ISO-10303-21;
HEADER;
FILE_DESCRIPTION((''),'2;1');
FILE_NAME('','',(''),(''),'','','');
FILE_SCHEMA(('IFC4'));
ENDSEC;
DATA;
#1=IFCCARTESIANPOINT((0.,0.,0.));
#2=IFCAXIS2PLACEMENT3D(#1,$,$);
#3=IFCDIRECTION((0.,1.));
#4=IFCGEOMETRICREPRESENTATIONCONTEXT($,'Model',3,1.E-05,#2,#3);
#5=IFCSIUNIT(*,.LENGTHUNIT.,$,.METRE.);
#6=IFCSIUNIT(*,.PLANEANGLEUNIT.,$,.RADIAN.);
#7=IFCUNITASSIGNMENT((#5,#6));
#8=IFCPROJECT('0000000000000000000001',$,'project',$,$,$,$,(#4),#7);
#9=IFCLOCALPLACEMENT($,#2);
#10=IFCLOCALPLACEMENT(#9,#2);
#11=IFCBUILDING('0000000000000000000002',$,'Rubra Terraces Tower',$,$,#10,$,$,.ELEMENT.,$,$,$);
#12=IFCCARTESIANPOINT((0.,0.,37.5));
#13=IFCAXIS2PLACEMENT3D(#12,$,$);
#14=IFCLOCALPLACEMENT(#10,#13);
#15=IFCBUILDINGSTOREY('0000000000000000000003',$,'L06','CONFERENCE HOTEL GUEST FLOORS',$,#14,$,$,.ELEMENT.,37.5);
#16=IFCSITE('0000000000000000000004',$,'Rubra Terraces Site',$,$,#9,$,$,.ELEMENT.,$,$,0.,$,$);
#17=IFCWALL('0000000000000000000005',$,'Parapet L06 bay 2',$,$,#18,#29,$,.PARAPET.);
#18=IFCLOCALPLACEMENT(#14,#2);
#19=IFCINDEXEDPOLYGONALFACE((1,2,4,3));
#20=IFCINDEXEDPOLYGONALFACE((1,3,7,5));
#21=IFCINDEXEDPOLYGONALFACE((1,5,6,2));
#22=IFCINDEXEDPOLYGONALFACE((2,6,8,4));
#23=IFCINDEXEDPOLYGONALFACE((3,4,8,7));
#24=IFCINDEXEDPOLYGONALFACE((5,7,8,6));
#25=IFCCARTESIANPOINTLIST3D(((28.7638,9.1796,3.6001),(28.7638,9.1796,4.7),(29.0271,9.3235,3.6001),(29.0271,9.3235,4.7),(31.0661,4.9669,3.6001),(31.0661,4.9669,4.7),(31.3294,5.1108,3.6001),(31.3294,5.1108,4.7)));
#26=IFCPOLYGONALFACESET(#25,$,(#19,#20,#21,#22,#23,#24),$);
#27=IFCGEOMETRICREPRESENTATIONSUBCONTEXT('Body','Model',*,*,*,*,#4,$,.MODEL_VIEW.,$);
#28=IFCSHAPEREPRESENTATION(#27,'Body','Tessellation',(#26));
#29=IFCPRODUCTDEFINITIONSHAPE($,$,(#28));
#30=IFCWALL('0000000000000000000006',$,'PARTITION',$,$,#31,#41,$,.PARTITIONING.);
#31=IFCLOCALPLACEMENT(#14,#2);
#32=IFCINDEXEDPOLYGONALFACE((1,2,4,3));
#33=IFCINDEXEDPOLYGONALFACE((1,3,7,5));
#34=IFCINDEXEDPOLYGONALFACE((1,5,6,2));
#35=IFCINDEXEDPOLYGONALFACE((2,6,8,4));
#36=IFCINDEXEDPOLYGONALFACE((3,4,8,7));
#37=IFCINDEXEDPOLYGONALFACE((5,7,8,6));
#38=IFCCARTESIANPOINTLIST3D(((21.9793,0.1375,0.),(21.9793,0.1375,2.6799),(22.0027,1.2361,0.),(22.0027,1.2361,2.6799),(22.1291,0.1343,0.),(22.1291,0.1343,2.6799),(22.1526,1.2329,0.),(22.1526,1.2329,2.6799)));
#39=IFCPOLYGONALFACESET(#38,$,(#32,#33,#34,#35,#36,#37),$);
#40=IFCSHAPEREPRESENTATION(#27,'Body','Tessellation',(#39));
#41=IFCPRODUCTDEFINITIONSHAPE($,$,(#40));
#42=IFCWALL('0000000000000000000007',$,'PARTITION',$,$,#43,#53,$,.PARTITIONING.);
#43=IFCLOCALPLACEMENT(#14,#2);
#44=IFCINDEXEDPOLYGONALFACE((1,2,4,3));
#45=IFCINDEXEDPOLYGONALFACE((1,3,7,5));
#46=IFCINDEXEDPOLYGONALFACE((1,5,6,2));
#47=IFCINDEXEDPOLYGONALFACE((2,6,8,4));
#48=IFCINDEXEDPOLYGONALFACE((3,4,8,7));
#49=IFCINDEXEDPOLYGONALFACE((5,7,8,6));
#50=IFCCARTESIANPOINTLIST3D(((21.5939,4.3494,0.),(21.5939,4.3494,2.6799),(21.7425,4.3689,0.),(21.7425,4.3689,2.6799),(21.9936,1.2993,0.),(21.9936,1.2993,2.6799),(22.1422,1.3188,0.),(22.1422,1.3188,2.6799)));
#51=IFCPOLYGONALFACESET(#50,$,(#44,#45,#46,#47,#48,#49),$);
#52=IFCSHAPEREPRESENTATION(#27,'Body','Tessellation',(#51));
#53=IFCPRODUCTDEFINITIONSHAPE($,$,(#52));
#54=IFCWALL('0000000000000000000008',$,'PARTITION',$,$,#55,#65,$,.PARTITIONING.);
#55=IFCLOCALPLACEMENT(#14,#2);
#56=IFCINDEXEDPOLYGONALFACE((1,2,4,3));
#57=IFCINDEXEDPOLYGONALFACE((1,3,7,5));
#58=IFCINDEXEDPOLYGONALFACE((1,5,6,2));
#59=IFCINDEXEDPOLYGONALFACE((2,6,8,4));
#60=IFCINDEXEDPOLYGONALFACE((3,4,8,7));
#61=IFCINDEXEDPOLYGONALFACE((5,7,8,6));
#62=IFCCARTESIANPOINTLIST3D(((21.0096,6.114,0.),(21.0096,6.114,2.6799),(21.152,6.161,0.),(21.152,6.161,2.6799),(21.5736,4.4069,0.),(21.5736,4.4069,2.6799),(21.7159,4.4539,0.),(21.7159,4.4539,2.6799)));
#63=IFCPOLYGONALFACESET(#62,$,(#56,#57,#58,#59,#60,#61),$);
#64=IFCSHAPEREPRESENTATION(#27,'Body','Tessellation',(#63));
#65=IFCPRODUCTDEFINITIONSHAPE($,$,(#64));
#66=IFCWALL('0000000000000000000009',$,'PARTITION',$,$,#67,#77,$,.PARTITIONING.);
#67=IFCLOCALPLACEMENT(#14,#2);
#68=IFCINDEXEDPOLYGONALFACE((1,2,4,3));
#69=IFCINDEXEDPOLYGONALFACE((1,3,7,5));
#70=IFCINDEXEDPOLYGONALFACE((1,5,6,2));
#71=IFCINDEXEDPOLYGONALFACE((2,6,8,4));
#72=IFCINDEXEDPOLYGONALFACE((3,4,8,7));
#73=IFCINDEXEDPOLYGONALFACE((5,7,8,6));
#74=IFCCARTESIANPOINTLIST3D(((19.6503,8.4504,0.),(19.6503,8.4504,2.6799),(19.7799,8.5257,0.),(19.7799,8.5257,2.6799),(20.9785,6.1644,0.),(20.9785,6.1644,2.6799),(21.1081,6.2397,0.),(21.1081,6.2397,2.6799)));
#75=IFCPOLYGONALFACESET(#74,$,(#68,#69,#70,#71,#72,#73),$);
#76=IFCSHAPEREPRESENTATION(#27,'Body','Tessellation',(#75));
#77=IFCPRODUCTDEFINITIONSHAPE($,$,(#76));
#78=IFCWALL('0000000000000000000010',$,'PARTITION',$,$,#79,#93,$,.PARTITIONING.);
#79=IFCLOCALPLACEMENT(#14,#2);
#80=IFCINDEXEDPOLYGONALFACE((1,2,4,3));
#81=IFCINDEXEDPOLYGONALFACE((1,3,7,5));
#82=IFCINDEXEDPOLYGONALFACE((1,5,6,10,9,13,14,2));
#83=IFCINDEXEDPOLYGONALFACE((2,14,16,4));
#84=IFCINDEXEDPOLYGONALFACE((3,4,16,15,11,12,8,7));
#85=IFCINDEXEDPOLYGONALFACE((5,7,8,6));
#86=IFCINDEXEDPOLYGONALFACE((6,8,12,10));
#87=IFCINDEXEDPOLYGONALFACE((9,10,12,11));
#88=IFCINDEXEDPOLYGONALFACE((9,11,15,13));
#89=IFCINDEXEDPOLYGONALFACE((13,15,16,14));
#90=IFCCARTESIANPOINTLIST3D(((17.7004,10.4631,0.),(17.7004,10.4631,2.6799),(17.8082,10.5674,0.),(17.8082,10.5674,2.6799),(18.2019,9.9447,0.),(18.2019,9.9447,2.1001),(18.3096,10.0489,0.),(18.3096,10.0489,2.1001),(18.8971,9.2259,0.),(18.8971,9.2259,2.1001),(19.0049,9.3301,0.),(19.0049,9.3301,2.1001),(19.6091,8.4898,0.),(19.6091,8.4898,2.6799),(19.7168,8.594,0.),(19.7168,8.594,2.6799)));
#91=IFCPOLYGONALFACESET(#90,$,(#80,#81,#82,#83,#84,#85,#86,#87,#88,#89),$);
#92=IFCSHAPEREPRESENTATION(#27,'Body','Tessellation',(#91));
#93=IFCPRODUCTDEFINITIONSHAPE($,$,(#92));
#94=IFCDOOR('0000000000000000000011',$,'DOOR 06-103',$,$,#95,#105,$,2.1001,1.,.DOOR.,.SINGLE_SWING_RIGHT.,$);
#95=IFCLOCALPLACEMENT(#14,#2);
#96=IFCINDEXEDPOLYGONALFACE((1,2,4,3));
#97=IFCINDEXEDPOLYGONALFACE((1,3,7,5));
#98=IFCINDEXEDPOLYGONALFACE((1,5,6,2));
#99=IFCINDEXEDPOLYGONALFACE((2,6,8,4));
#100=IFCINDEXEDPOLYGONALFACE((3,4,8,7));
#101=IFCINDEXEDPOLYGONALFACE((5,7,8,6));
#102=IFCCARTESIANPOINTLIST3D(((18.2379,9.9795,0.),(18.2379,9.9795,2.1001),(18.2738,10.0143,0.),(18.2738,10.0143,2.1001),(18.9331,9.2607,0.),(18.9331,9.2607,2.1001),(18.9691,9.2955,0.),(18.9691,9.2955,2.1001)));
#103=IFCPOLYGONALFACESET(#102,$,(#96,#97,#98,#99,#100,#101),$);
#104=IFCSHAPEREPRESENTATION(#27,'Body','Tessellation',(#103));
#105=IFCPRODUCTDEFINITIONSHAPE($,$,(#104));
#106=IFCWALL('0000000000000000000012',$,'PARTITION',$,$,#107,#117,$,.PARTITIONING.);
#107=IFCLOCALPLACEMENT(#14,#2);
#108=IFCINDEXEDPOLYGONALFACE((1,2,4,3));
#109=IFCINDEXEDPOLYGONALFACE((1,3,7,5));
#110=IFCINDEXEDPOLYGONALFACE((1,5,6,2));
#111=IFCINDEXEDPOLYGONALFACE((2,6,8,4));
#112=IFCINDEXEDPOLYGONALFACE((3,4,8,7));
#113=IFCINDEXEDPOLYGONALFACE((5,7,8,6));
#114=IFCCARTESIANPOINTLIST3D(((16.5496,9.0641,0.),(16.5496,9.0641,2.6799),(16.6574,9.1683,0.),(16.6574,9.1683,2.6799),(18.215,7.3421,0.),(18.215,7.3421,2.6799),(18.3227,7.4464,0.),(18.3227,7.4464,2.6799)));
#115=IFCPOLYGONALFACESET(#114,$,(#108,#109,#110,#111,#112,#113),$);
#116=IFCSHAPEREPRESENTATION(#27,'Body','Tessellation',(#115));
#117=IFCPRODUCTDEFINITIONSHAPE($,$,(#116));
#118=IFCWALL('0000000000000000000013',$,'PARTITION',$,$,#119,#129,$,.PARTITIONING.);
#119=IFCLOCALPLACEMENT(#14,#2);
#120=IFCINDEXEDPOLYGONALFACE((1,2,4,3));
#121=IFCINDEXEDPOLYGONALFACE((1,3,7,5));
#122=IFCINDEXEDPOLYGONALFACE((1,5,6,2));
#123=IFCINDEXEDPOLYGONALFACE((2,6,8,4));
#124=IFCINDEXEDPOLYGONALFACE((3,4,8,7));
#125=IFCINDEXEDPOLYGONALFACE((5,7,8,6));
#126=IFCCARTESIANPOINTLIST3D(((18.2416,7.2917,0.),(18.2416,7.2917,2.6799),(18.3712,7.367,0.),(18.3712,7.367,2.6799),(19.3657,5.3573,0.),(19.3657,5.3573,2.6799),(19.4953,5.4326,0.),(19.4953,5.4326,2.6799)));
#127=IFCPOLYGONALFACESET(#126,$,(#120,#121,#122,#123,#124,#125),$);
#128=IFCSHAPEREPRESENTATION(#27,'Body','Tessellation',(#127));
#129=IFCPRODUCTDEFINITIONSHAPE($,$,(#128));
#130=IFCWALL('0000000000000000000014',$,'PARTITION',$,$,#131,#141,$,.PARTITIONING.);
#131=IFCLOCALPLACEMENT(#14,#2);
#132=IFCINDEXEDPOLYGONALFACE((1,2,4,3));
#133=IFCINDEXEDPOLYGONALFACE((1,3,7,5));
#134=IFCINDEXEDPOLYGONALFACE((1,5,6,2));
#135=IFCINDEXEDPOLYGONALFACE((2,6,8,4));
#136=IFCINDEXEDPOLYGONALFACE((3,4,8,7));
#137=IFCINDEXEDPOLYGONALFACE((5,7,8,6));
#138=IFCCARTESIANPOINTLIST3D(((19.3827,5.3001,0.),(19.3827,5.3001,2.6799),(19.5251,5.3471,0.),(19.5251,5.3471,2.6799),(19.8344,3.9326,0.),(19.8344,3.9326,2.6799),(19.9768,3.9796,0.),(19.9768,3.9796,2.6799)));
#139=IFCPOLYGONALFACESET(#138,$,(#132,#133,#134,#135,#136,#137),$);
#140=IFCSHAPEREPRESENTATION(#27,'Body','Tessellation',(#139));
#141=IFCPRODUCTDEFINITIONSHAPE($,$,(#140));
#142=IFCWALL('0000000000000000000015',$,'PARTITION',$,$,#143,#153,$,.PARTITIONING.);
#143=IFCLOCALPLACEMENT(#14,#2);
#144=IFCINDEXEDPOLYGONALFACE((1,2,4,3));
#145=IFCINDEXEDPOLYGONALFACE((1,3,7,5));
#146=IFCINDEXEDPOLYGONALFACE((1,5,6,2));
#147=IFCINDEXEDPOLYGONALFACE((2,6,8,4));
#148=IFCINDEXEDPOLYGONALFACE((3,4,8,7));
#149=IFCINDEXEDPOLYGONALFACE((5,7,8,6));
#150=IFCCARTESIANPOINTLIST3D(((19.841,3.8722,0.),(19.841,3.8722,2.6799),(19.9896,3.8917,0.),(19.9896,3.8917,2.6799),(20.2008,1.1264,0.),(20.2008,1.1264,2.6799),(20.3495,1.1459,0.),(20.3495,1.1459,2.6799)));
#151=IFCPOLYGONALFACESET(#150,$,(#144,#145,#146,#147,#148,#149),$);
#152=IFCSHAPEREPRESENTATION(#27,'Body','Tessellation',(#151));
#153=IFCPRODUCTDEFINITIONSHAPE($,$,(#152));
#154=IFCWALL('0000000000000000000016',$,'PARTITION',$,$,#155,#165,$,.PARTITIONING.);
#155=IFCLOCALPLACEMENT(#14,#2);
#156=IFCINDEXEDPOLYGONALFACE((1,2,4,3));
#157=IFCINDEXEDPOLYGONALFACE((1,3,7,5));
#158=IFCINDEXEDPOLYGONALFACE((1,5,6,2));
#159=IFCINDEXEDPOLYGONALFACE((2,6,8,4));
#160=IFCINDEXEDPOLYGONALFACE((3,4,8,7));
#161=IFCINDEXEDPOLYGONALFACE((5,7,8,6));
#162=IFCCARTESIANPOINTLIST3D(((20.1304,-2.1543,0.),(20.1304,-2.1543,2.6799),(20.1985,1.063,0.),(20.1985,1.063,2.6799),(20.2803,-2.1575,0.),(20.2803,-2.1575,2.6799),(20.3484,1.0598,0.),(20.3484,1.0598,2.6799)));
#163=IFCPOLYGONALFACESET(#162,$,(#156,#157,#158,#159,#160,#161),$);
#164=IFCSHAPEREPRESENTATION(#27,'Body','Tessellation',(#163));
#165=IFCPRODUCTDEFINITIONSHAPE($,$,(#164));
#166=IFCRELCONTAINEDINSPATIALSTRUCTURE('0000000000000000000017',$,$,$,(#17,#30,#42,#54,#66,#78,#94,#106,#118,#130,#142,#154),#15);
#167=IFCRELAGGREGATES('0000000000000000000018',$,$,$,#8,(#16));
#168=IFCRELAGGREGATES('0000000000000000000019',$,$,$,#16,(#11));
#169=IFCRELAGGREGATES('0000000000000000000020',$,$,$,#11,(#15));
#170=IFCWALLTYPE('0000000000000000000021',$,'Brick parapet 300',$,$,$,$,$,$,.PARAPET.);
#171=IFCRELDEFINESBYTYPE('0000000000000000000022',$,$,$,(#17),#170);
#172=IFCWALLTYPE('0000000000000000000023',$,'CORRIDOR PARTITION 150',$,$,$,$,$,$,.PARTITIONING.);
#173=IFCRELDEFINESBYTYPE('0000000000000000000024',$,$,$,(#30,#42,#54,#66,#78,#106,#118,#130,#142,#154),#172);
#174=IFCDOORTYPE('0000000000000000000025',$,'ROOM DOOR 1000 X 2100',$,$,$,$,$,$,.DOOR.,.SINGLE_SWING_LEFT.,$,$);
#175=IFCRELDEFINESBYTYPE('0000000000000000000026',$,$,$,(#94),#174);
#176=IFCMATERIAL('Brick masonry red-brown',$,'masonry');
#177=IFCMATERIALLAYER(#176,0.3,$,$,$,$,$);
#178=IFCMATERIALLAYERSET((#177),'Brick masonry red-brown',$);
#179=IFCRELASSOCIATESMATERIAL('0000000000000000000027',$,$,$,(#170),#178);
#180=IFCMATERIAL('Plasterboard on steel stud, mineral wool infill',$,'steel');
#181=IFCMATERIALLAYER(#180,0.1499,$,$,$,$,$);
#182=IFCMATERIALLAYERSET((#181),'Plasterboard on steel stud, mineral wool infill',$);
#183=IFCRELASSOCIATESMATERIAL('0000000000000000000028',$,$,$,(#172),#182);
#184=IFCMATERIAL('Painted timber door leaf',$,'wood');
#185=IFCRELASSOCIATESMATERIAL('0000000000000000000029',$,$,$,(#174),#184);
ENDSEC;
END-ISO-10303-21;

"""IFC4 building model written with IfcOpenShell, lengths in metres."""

from ifc_helpers import new_model, si_unit, direction, frame, frame_2d, origin, place, context, subcontext, project, spatial, rectangle, extrude, material, layer, layer_set, type_object, element, fill, save


model = new_model("IFC4")

# Units and contexts
model_context = context("Model", 3, precision=1e-05, world=origin(), true_north=direction((0.0, 1.0)))
body_context = subcontext(model_context, "Body", "Model", "MODEL_VIEW")
ifc_project = project(units=[si_unit("LENGTHUNIT", "METRE"), si_unit("PLANEANGLEUNIT", "RADIAN")], contexts=[model_context])

# Site, building, storey
site_placement = place(None, origin())
site = spatial("IfcSite", under=ifc_project, at=site_placement, Name="Rubra Terraces Site", CompositionType="ELEMENT", RefElevation=0.0)
building_placement = place(site_placement, origin())
building = spatial("IfcBuilding", under=site, at=building_placement, Name="Rubra Terraces Tower", CompositionType="ELEMENT")
storey_placement = place(building_placement, frame((0.0, 0.0, 37.5)))
storey = spatial("IfcBuildingStorey", under=building, at=storey_placement, Name="L06", Description="CONFERENCE HOTEL GUEST FLOORS", CompositionType="ELEMENT", Elevation=37.5)

# Shared definitions
ifc_material_1 = material(Name="Brick masonry red-brown", Category="masonry")

# Walls
ifc_layer_1 = layer(ifc_material_1, 0.3)
ifc_layer_set_1 = layer_set([ifc_layer_1], Name="Brick masonry red-brown")
wall_type_1 = type_object("IfcWallType", Name="Brick parapet 300", PredefinedType="PARAPET", material=ifc_layer_set_1)
wall_1_placement = place(storey_placement, frame((31.1978, 5.0388, 3.6001), z_axis=(0.0, 0.0, 1.0), x_axis=(-0.479565, 0.877507, 0.0)))
element("IfcWall", 1, at=wall_1_placement, inside=storey, type_object=wall_type_1, Name="Parapet L06 bay 2", PredefinedType="PARAPET", context=body_context, shape_type="SweptSolid", body=[
    extrude(rectangle(XDim=4.8008, YDim=0.3, at=frame_2d((2.4004, 0.0))), origin(), (0.0, 0.0, 1.0), 1.0999),
])
ifc_material_2 = material(Name="Plasterboard on steel stud, mineral wool infill", Category="steel")
ifc_layer_2 = layer(ifc_material_2, 0.1499)
ifc_layer_set_2 = layer_set([ifc_layer_2], Name="Plasterboard on steel stud, mineral wool infill")
wall_type_2 = type_object("IfcWallType", Name="CORRIDOR PARTITION 150", PredefinedType="PARTITIONING", material=ifc_layer_set_2)
wall_2_placement = place(storey_placement, frame((22.0542, 0.136, 0.0), z_axis=(0.0, 0.0, 1.0), x_axis=(0.021328, 0.999773, 0.0)))
element("IfcWall", 2, at=wall_2_placement, inside=storey, type_object=wall_type_2, Name="PARTITION", PredefinedType="PARTITIONING", context=body_context, shape_type="SweptSolid", body=[
    extrude(rectangle(XDim=1.0989, YDim=0.1499, at=frame_2d((0.5493, 0.0))), origin(), (0.0, 0.0, 1.0), 2.6799),
])
wall_3_placement = place(storey_placement, frame((22.0679, 1.3091, 0.0), z_axis=(0.0, 0.0, 1.0), x_axis=(-0.129923, 0.991524, 0.0)))
element("IfcWall", 3, at=wall_3_placement, inside=storey, type_object=wall_type_2, Name="PARTITION", PredefinedType="PARTITIONING", context=body_context, shape_type="SweptSolid", body=[
    extrude(rectangle(XDim=3.0762, YDim=0.1499, at=frame_2d((1.5381, 0.0))), origin(), (0.0, 0.0, 1.0), 2.6799),
])
wall_4_placement = place(storey_placement, frame((21.6448, 4.4304, 0.0), z_axis=(0.0, 0.0, 1.0), x_axis=(-0.313701, 0.949522, 0.0)))
element("IfcWall", 4, at=wall_4_placement, inside=storey, type_object=wall_type_2, Name="PARTITION", PredefinedType="PARTITIONING", context=body_context, shape_type="SweptSolid", body=[
    extrude(rectangle(XDim=1.7979, YDim=0.1499, at=frame_2d((0.8989, 0.0))), origin(), (0.0, 0.0, 1.0), 2.6799),
])
wall_5_placement = place(storey_placement, frame((21.0432, 6.2021, 0.0), z_axis=(0.0, 0.0, 1.0), x_axis=(-0.502372, 0.864652, 0.0)))
element("IfcWall", 5, at=wall_5_placement, inside=storey, type_object=wall_type_2, Name="PARTITION", PredefinedType="PARTITIONING", context=body_context, shape_type="SweptSolid", body=[
    extrude(rectangle(XDim=2.6438, YDim=0.1499, at=frame_2d((1.3218, 0.0))), origin(), (0.0, 0.0, 1.0), 2.6799),
])

# Wall, opening, door
wall_6_placement = place(storey_placement, frame((19.6628, 8.542, 0.0), z_axis=(0.0, 0.0, 1.0), x_axis=(-0.695226, 0.718791, 0.0)))
wall_6 = element("IfcWall", 6, at=wall_6_placement, inside=storey, type_object=wall_type_2, Name="PARTITION", PredefinedType="PARTITIONING", context=body_context, shape_type="SweptSolid", body=[
    extrude(rectangle(XDim=2.7454, YDim=0.1499, at=frame_2d((1.3726, 0.0))), origin(), (0.0, 0.0, 1.0), 2.6799),
])
opening_1_placement = place(wall_6_placement, frame((1.0239, 0.0, 0.0)))
opening_1 = element("IfcOpeningElement", 7, at=opening_1_placement, cuts=wall_6, PredefinedType="OPENING", context=body_context, shape_type="SweptSolid", body=[
    extrude(rectangle(XDim=1.0, YDim=2.1001, at=frame_2d((0.5, 1.05))), frame((0.0, 0.085, 0.0), z_axis=(0.0, -1.0, 0.0), x_axis=(1.0, 0.0, 0.0)), (0.0, 0.0, 1.0), 0.1699),
])
ifc_material_3 = material(Name="Painted timber door leaf", Category="wood")
door_type_1 = type_object("IfcDoorType", Name="ROOM DOOR 1000 X 2100", OperationType="SINGLE_SWING_LEFT", PredefinedType="DOOR", material=ifc_material_3)
door_1_placement = place(opening_1_placement, origin())
door_1 = element("IfcDoor", 8, at=door_1_placement, inside=storey, type_object=door_type_1, Name="DOOR 06-103", OperationType="SINGLE_SWING_RIGHT", OverallHeight=2.1001, OverallWidth=1.0, PredefinedType="DOOR", context=body_context, shape_type="SweptSolid", body=[
    extrude(rectangle(XDim=1.0, YDim=2.1001, at=frame_2d((0.5, 1.05))), frame((0.0, 0.0249, 0.0), z_axis=(0.0, -1.0, 0.0), x_axis=(1.0, 0.0, 0.0)), (0.0, 0.0, 1.0), 0.05),
])
fill(opening_1, door_1)

# Walls
wall_7_placement = place(storey_placement, frame((16.6035, 9.1162, 0.0), z_axis=(0.0, 0.0, 1.0), x_axis=(0.695185, -0.71883, 0.0)))
element("IfcWall", 9, at=wall_7_placement, inside=storey, type_object=wall_type_2, Name="PARTITION", PredefinedType="PARTITIONING", context=body_context, shape_type="SweptSolid", body=[
    extrude(rectangle(XDim=2.3955, YDim=0.1499, at=frame_2d((1.1978, 0.0))), origin(), (0.0, 0.0, 1.0), 2.6799),
])
wall_8_placement = place(storey_placement, frame((18.3064, 7.3293, 0.0), z_axis=(0.0, 0.0, 1.0), x_axis=(0.502425, -0.864621, 0.0)))
element("IfcWall", 10, at=wall_8_placement, inside=storey, type_object=wall_type_2, Name="PARTITION", PredefinedType="PARTITIONING", context=body_context, shape_type="SweptSolid", body=[
    extrude(rectangle(XDim=2.2373, YDim=0.1499, at=frame_2d((1.1187, 0.0))), origin(), (0.0, 0.0, 1.0), 2.6799),
])
wall_9_placement = place(storey_placement, frame((19.4539, 5.3237, 0.0), z_axis=(0.0, 0.0, 1.0), x_axis=(0.313633, -0.949544, 0.0)))
element("IfcWall", 11, at=wall_9_placement, inside=storey, type_object=wall_type_2, Name="PARTITION", PredefinedType="PARTITIONING", context=body_context, shape_type="SweptSolid", body=[
    extrude(rectangle(XDim=1.4402, YDim=0.1499, at=frame_2d((0.7202, 0.0))), origin(), (0.0, 0.0, 1.0), 2.6799),
])
wall_10_placement = place(storey_placement, frame((19.9153, 3.8821, 0.0), z_axis=(0.0, 0.0, 1.0), x_axis=(0.129946, -0.991521, 0.0)))
element("IfcWall", 12, at=wall_10_placement, inside=storey, type_object=wall_type_2, Name="PARTITION", PredefinedType="PARTITIONING", context=body_context, shape_type="SweptSolid", body=[
    extrude(rectangle(XDim=2.7693, YDim=0.1499, at=frame_2d((1.3848, 0.0))), origin(), (0.0, 0.0, 1.0), 2.6799),
])
wall_11_placement = place(storey_placement, frame((20.2734, 1.0613, 0.0), z_axis=(0.0, 0.0, 1.0), x_axis=(-0.021167, -0.999776, 0.0)))
element("IfcWall", 13, at=wall_11_placement, inside=storey, type_object=wall_type_2, Name="PARTITION", PredefinedType="PARTITIONING", context=body_context, shape_type="SweptSolid", body=[
    extrude(rectangle(XDim=3.218, YDim=0.1499, at=frame_2d((1.6089, 0.0))), origin(), (0.0, 0.0, 1.0), 2.6799),
])

save(model, "model.ifc")
